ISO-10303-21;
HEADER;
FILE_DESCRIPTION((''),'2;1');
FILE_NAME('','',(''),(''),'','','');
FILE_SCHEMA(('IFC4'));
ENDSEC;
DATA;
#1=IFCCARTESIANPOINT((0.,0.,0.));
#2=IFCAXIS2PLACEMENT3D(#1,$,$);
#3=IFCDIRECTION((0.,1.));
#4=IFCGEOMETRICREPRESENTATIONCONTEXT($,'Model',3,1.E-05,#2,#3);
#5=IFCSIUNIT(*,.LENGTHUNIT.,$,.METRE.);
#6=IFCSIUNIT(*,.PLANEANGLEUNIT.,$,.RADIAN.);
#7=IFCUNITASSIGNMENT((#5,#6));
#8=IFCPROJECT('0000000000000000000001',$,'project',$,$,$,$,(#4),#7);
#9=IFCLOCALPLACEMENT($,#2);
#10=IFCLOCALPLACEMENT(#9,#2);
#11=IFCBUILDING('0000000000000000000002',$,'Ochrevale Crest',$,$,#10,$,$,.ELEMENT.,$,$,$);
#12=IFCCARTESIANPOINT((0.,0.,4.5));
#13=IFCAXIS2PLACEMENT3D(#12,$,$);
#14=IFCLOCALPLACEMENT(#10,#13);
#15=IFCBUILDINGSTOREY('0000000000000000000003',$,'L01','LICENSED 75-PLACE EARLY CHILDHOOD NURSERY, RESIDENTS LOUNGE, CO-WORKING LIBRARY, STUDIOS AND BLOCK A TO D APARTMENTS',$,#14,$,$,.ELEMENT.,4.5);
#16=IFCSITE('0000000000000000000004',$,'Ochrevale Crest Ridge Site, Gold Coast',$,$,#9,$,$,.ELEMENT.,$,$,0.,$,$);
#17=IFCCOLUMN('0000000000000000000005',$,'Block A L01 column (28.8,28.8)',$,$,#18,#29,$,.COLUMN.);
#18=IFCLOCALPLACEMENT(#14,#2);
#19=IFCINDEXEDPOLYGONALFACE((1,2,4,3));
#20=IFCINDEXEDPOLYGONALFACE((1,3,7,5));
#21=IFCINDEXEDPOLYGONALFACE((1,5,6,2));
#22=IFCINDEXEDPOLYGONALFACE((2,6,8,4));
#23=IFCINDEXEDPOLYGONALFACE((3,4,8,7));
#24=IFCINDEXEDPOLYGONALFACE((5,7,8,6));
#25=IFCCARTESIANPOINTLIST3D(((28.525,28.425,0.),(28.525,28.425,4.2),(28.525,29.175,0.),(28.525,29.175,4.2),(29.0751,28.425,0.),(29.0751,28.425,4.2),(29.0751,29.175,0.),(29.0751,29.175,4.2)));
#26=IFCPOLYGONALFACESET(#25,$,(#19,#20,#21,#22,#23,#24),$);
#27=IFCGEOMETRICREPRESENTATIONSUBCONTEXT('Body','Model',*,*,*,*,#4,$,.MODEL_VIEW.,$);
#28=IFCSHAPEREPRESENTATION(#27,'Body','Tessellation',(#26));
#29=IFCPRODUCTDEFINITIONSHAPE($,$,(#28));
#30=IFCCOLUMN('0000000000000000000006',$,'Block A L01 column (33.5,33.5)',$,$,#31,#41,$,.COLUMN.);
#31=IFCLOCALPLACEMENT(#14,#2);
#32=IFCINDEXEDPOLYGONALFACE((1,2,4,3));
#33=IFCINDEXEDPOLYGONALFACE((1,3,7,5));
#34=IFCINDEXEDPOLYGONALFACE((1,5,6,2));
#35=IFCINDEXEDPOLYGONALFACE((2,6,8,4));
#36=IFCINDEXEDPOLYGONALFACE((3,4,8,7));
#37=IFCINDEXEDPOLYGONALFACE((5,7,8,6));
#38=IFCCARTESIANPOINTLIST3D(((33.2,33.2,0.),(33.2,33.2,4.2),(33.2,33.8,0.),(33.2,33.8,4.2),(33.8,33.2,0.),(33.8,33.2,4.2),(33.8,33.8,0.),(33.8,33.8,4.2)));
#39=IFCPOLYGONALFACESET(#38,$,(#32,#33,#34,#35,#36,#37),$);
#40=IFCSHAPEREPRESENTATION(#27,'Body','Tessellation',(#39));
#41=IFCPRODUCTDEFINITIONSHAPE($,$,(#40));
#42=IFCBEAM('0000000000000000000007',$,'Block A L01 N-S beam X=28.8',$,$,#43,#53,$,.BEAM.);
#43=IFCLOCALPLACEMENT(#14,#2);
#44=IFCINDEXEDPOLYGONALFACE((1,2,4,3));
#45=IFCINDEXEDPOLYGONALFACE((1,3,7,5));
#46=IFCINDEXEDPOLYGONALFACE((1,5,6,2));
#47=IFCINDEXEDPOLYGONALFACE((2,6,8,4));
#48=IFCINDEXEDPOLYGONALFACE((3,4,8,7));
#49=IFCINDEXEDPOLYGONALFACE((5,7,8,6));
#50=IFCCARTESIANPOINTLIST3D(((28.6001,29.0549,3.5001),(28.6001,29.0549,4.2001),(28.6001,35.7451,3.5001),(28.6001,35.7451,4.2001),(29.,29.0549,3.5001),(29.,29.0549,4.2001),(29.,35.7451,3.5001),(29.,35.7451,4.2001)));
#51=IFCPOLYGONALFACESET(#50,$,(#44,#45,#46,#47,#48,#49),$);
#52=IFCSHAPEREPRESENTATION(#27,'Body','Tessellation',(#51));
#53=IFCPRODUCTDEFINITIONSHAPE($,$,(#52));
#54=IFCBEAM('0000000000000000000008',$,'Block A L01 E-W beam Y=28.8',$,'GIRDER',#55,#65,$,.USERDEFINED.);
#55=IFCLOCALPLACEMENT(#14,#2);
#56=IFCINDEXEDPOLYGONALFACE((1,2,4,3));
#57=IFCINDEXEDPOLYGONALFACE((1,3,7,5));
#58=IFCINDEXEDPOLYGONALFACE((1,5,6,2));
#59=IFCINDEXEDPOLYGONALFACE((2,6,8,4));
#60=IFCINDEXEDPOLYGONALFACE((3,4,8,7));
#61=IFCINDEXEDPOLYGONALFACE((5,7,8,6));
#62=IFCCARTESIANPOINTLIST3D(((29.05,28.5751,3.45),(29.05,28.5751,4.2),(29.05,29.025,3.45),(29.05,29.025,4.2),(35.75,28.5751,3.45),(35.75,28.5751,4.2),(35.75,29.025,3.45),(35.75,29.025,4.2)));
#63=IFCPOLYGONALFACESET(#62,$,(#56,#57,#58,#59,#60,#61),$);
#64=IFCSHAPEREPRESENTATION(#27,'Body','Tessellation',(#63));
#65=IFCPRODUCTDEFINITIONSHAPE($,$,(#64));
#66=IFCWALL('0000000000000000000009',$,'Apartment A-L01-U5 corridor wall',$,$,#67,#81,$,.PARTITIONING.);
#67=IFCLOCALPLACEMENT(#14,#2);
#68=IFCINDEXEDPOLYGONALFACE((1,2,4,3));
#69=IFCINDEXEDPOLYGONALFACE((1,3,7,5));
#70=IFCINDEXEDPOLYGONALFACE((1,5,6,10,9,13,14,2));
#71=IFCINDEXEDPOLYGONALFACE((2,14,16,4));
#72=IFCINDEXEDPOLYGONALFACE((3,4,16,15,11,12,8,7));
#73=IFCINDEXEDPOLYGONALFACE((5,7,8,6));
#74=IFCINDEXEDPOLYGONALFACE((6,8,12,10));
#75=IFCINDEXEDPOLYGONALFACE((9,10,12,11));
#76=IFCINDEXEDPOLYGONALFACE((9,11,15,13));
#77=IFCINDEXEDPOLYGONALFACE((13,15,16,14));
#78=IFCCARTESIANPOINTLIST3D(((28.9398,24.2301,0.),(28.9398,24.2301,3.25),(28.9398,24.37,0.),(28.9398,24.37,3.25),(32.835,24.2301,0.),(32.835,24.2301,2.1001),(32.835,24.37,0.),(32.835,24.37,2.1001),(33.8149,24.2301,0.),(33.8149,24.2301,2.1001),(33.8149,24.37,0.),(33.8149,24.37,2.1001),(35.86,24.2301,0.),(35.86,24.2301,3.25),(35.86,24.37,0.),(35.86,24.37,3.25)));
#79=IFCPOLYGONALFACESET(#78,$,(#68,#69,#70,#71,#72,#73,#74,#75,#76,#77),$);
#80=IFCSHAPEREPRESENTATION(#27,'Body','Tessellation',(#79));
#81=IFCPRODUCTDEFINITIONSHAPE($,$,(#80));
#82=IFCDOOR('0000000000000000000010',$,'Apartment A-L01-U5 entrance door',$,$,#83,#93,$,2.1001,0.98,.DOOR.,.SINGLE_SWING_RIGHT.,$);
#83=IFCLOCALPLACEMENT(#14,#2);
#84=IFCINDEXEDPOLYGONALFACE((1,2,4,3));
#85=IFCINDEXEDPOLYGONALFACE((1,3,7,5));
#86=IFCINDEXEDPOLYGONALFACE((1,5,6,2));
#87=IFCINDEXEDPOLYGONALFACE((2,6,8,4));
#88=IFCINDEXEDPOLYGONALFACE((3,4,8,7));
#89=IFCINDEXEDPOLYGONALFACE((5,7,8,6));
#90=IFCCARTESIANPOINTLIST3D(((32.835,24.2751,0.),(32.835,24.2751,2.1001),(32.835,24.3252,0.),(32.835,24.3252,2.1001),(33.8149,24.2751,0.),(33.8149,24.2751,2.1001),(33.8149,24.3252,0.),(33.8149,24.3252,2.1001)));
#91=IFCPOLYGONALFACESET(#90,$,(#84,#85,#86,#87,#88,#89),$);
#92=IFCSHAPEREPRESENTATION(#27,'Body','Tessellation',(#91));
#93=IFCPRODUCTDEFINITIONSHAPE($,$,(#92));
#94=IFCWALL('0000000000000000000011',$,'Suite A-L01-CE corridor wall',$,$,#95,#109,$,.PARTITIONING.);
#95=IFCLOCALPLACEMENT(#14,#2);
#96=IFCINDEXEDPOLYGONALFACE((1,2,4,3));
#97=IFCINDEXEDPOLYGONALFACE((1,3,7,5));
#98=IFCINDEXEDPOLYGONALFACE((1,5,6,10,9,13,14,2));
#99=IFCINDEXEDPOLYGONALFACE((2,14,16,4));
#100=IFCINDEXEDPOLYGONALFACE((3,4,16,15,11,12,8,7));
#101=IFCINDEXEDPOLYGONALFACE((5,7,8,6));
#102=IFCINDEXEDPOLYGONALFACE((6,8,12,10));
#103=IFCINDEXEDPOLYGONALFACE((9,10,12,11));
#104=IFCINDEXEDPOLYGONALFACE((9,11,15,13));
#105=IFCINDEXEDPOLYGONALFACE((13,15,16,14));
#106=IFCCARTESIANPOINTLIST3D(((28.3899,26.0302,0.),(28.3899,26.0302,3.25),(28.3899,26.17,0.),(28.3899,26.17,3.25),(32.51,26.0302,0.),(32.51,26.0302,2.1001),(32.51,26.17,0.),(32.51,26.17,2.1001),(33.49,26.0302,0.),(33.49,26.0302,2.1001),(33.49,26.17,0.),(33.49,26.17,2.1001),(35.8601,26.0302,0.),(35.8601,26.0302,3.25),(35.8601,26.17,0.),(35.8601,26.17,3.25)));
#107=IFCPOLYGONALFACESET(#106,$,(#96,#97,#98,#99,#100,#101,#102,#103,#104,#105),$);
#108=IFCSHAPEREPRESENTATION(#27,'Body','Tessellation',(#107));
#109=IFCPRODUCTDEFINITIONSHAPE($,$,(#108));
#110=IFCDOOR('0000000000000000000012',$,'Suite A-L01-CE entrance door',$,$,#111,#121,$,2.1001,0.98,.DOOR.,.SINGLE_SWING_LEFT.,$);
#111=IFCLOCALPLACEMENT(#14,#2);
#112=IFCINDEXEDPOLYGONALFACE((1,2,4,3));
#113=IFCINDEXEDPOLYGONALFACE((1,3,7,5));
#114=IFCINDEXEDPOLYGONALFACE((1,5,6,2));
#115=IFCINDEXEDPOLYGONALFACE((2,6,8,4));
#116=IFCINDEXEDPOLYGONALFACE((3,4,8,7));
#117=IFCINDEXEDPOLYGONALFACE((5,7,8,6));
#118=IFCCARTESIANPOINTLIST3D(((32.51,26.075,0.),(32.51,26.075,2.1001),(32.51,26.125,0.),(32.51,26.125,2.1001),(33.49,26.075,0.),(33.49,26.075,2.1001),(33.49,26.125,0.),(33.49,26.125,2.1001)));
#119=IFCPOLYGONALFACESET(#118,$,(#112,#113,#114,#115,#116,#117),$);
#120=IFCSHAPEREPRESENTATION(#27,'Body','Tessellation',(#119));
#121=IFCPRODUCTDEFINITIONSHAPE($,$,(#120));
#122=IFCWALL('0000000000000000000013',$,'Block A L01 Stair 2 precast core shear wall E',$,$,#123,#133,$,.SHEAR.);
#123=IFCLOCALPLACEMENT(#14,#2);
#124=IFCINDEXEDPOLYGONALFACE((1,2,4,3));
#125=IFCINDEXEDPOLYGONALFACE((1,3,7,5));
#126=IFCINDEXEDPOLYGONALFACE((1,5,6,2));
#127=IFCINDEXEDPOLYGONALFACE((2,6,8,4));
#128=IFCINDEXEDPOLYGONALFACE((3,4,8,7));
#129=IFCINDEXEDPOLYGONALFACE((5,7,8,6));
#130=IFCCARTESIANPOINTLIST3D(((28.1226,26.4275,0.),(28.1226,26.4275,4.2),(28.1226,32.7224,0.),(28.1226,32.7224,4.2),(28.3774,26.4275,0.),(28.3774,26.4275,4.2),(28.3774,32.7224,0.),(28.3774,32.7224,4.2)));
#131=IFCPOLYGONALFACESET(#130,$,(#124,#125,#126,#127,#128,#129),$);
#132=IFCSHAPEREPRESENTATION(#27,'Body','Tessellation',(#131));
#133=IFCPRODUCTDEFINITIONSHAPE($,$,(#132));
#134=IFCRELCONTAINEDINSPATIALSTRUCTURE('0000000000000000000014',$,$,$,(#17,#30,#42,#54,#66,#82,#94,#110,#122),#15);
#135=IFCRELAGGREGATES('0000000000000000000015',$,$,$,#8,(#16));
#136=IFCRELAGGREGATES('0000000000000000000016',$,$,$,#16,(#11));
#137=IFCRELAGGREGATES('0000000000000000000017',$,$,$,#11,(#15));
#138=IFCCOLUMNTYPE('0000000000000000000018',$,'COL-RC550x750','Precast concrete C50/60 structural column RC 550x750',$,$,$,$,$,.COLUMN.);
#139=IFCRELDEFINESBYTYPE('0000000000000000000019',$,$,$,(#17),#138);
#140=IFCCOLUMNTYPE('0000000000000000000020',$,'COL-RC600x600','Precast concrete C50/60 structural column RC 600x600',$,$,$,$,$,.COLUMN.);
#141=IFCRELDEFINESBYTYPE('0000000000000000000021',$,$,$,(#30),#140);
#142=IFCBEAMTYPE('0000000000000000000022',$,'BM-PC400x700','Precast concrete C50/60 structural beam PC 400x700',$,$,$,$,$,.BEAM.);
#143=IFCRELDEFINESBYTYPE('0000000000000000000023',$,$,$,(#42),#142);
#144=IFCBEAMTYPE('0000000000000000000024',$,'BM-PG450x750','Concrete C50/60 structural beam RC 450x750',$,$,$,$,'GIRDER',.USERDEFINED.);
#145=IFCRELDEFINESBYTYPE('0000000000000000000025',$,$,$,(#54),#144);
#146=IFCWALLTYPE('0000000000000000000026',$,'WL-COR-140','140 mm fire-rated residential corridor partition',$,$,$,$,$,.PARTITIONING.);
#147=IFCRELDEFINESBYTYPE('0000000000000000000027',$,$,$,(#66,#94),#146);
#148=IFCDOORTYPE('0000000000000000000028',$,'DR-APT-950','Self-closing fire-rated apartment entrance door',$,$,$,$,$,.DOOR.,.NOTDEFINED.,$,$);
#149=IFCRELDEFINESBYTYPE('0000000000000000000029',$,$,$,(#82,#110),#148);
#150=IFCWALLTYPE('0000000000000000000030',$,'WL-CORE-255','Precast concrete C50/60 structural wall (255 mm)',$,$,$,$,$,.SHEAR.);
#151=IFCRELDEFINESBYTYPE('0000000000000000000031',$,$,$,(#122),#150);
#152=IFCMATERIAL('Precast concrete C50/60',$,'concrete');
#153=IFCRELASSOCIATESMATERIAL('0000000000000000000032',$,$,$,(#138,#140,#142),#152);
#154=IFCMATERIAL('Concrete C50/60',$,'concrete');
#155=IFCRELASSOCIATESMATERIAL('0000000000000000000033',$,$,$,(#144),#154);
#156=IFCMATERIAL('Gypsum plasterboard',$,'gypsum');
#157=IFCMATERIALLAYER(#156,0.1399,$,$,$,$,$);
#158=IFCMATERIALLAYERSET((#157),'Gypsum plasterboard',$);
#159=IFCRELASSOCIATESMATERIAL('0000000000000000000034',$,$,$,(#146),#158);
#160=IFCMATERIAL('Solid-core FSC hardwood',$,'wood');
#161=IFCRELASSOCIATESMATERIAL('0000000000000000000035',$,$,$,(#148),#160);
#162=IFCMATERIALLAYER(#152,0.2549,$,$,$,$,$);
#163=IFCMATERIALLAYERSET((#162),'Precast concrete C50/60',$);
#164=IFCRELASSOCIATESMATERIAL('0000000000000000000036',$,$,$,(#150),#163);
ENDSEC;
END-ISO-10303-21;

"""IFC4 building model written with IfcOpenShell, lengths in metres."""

from ifc_helpers import new_model, si_unit, direction, frame, frame_2d, origin, origin_2d, place, context, subcontext, project, spatial, rectangle, extrude, material, layer, layer_set, material_profile, profile_set, type_object, element, fill, save


model = new_model("IFC4")

# Units and contexts
model_context = context("Model", 3, precision=1e-05, world=origin(), true_north=direction((0.0, 1.0)))
body_context = subcontext(model_context, "Body", "Model", "MODEL_VIEW")
ifc_project = project(units=[si_unit("LENGTHUNIT", "METRE"), si_unit("PLANEANGLEUNIT", "RADIAN")], contexts=[model_context])

# Site, building, storey
site_placement = place(None, origin())
site = spatial("IfcSite", under=ifc_project, at=site_placement, Name="Ochrevale Crest Ridge Site, Gold Coast", CompositionType="ELEMENT", RefElevation=0.0)
building_placement = place(site_placement, origin())
building = spatial("IfcBuilding", under=site, at=building_placement, Name="Ochrevale Crest", CompositionType="ELEMENT")
storey_placement = place(building_placement, frame((0.0, 0.0, 4.5)))
storey = spatial("IfcBuildingStorey", under=building, at=storey_placement, Name="L01", Description="LICENSED 75-PLACE EARLY CHILDHOOD NURSERY, RESIDENTS LOUNGE, CO-WORKING LIBRARY, STUDIOS AND BLOCK A TO D APARTMENTS", CompositionType="ELEMENT", Elevation=4.5)

# Columns
ifc_material_1 = material(Name="Precast concrete C50/60", Category="concrete")
ifc_material_profile_1 = material_profile(ifc_material_1, rectangle(XDim=0.55, YDim=0.75, at=origin_2d()), Name="RC 550x750")
ifc_profile_set_1 = profile_set([ifc_material_profile_1], Name="Precast concrete C50/60")
column_type_1 = type_object("IfcColumnType", Name="COL-RC550x750", Description="Precast concrete C50/60 structural column RC 550x750", PredefinedType="COLUMN", material=ifc_profile_set_1)
column_1_placement = place(storey_placement, frame((28.8, 28.8, 0.0), z_axis=(0.0, 0.0, 1.0), x_axis=(1.0, 0.0, 0.0)))
element("IfcColumn", 1, at=column_1_placement, inside=storey, type_object=column_type_1, Name="Block A L01 column (28.8,28.8)", PredefinedType="COLUMN", context=body_context, shape_type="SweptSolid", body=[
    extrude(rectangle(XDim=0.55, YDim=0.75, at=origin_2d()), origin(), (0.0, 0.0, 1.0), 4.2),
])
ifc_material_profile_2 = material_profile(ifc_material_1, rectangle(XDim=0.6001, YDim=0.6001, at=origin_2d()), Name="RC 600x600")
ifc_profile_set_2 = profile_set([ifc_material_profile_2], Name="Precast concrete C50/60")
column_type_2 = type_object("IfcColumnType", Name="COL-RC600x600", Description="Precast concrete C50/60 structural column RC 600x600", PredefinedType="COLUMN", material=ifc_profile_set_2)
column_2_placement = place(storey_placement, frame((33.5, 33.5, 0.0), z_axis=(0.0, 0.0, 1.0), x_axis=(1.0, 0.0, 0.0)))
element("IfcColumn", 2, at=column_2_placement, inside=storey, type_object=column_type_2, Name="Block A L01 column (33.5,33.5)", PredefinedType="COLUMN", context=body_context, shape_type="SweptSolid", body=[
    extrude(rectangle(XDim=0.6001, YDim=0.6001, at=origin_2d()), origin(), (0.0, 0.0, 1.0), 4.2),
])

# Beams
ifc_material_profile_3 = material_profile(ifc_material_1, rectangle(XDim=0.3999, YDim=0.7, at=origin_2d()), Name="PC 400x700")
ifc_profile_set_3 = profile_set([ifc_material_profile_3], Name="Precast concrete C50/60")
beam_type_1 = type_object("IfcBeamType", Name="BM-PC400x700", Description="Precast concrete C50/60 structural beam PC 400x700", PredefinedType="BEAM", material=ifc_profile_set_3)
beam_1_placement = place(storey_placement, frame((28.8, 29.0549, 3.8501), z_axis=(0.0, 1.0, 0.0), x_axis=(-1.0, 0.0, 0.0)))
element("IfcBeam", 3, at=beam_1_placement, inside=storey, type_object=beam_type_1, Name="Block A L01 N-S beam X=28.8", PredefinedType="BEAM", context=body_context, shape_type="SweptSolid", body=[
    extrude(rectangle(XDim=0.3999, YDim=0.7, at=origin_2d()), origin(), (0.0, 0.0, 1.0), 6.6902),
])
ifc_material_2 = material(Name="Concrete C50/60", Category="concrete")
ifc_material_profile_4 = material_profile(ifc_material_2, rectangle(XDim=0.45, YDim=0.75, at=origin_2d()), Name="RC 450x750")
ifc_profile_set_4 = profile_set([ifc_material_profile_4], Name="Concrete C50/60")
beam_type_2 = type_object("IfcBeamType", Name="BM-PG450x750", Description="Concrete C50/60 structural beam RC 450x750", ElementType="GIRDER", PredefinedType="USERDEFINED", material=ifc_profile_set_4)
beam_2_placement = place(storey_placement, frame((29.05, 28.8, 3.825), z_axis=(1.0, 0.0, 0.0), x_axis=(0.0, 1.0, 0.0)))
element("IfcBeam", 4, at=beam_2_placement, inside=storey, type_object=beam_type_2, Name="Block A L01 E-W beam Y=28.8", ObjectType="GIRDER", PredefinedType="USERDEFINED", context=body_context, shape_type="SweptSolid", body=[
    extrude(rectangle(XDim=0.45, YDim=0.75, at=origin_2d()), origin(), (0.0, 0.0, 1.0), 6.7),
])

# Walls, openings, doors
ifc_material_3 = material(Name="Gypsum plasterboard", Category="gypsum")
ifc_layer_1 = layer(ifc_material_3, 0.1399)
ifc_layer_set_1 = layer_set([ifc_layer_1], Name="Gypsum plasterboard")
wall_type_1 = type_object("IfcWallType", Name="WL-COR-140", Description="140 mm fire-rated residential corridor partition", PredefinedType="PARTITIONING", material=ifc_layer_set_1)
wall_1_placement = place(storey_placement, frame((28.9399, 24.3, 0.0), z_axis=(0.0, 0.0, 1.0), x_axis=(1.0, 0.0, 0.0)))
wall_1 = element("IfcWall", 5, at=wall_1_placement, inside=storey, type_object=wall_type_1, Name="Apartment A-L01-U5 corridor wall", PredefinedType="PARTITIONING", context=body_context, shape_type="SweptSolid", body=[
    extrude(rectangle(XDim=6.9202, YDim=0.1399, at=frame_2d((3.46, 0.0))), origin(), (0.0, 0.0, 1.0), 3.25),
])
opening_1_placement = place(wall_1_placement, frame((4.875, 0.0, 0.0), z_axis=(0.0, 0.0, 1.0), x_axis=(-1.0, 0.0, 0.0)))
opening_1 = element("IfcOpeningElement", 6, at=opening_1_placement, cuts=wall_1, PredefinedType="OPENING", context=body_context, shape_type="SweptSolid", body=[
    extrude(rectangle(XDim=0.98, YDim=2.1001, at=frame_2d((0.49, 1.05))), frame((0.0, 0.0801, 0.0), z_axis=(0.0, -1.0, 0.0), x_axis=(1.0, 0.0, 0.0)), (0.0, 0.0, 1.0), 0.1599),
])
ifc_material_4 = material(Name="Solid-core FSC hardwood", Category="wood")
door_type_1 = type_object("IfcDoorType", Name="DR-APT-950", Description="Self-closing fire-rated apartment entrance door", OperationType="NOTDEFINED", PredefinedType="DOOR", material=ifc_material_4)
door_1_placement = place(opening_1_placement, origin())
door_1 = element("IfcDoor", 7, at=door_1_placement, inside=storey, type_object=door_type_1, Name="Apartment A-L01-U5 entrance door", OperationType="SINGLE_SWING_RIGHT", OverallHeight=2.1001, OverallWidth=0.98, PredefinedType="DOOR", context=body_context, shape_type="SweptSolid", body=[
    extrude(rectangle(XDim=0.98, YDim=2.1001, at=frame_2d((0.49, 1.05))), frame((0.0, 0.0249, 0.0), z_axis=(0.0, -1.0, 0.0), x_axis=(1.0, 0.0, 0.0)), (0.0, 0.0, 1.0), 0.05),
])
fill(opening_1, door_1)
wall_2_placement = place(storey_placement, frame((28.3899, 26.1001, 0.0), z_axis=(0.0, 0.0, 1.0), x_axis=(1.0, 0.0, 0.0)))
wall_2 = element("IfcWall", 8, at=wall_2_placement, inside=storey, type_object=wall_type_1, Name="Suite A-L01-CE corridor wall", PredefinedType="PARTITIONING", context=body_context, shape_type="SweptSolid", body=[
    extrude(rectangle(XDim=7.4702, YDim=0.1399, at=frame_2d((3.7351, 0.0))), origin(), (0.0, 0.0, 1.0), 3.25),
])
opening_2_placement = place(wall_2_placement, frame((4.1201, 0.0, 0.0)))
opening_2 = element("IfcOpeningElement", 9, at=opening_2_placement, cuts=wall_2, PredefinedType="OPENING", context=body_context, shape_type="SweptSolid", body=[
    extrude(rectangle(XDim=0.98, YDim=2.1001, at=frame_2d((0.49, 1.05))), frame((0.0, 0.0801, 0.0), z_axis=(0.0, -1.0, 0.0), x_axis=(1.0, 0.0, 0.0)), (0.0, 0.0, 1.0), 0.1599),
])
door_2_placement = place(opening_2_placement, origin())
door_2 = element("IfcDoor", 10, at=door_2_placement, inside=storey, type_object=door_type_1, Name="Suite A-L01-CE entrance door", OperationType="SINGLE_SWING_LEFT", OverallHeight=2.1001, OverallWidth=0.98, PredefinedType="DOOR", context=body_context, shape_type="SweptSolid", body=[
    extrude(rectangle(XDim=0.98, YDim=2.1001, at=frame_2d((0.49, 1.05))), frame((0.0, 0.0249, 0.0), z_axis=(0.0, -1.0, 0.0), x_axis=(1.0, 0.0, 0.0)), (0.0, 0.0, 1.0), 0.05),
])
fill(opening_2, door_2)

# Wall
ifc_layer_2 = layer(ifc_material_1, 0.2549)
ifc_layer_set_2 = layer_set([ifc_layer_2], Name="Precast concrete C50/60")
wall_type_2 = type_object("IfcWallType", Name="WL-CORE-255", Description="Precast concrete C50/60 structural wall (255 mm)", PredefinedType="SHEAR", material=ifc_layer_set_2)
wall_3_placement = place(storey_placement, frame((28.25, 26.4275, 0.0), z_axis=(0.0, 0.0, 1.0), x_axis=(0.0, 1.0, 0.0)))
element("IfcWall", 11, at=wall_3_placement, inside=storey, type_object=wall_type_2, Name="Block A L01 Stair 2 precast core shear wall E", PredefinedType="SHEAR", context=body_context, shape_type="SweptSolid", body=[
    extrude(rectangle(XDim=6.2949, YDim=0.2549, at=frame_2d((3.1475, 0.0))), origin(), (0.0, 0.0, 1.0), 4.2),
])

save(model, "model.ifc")
